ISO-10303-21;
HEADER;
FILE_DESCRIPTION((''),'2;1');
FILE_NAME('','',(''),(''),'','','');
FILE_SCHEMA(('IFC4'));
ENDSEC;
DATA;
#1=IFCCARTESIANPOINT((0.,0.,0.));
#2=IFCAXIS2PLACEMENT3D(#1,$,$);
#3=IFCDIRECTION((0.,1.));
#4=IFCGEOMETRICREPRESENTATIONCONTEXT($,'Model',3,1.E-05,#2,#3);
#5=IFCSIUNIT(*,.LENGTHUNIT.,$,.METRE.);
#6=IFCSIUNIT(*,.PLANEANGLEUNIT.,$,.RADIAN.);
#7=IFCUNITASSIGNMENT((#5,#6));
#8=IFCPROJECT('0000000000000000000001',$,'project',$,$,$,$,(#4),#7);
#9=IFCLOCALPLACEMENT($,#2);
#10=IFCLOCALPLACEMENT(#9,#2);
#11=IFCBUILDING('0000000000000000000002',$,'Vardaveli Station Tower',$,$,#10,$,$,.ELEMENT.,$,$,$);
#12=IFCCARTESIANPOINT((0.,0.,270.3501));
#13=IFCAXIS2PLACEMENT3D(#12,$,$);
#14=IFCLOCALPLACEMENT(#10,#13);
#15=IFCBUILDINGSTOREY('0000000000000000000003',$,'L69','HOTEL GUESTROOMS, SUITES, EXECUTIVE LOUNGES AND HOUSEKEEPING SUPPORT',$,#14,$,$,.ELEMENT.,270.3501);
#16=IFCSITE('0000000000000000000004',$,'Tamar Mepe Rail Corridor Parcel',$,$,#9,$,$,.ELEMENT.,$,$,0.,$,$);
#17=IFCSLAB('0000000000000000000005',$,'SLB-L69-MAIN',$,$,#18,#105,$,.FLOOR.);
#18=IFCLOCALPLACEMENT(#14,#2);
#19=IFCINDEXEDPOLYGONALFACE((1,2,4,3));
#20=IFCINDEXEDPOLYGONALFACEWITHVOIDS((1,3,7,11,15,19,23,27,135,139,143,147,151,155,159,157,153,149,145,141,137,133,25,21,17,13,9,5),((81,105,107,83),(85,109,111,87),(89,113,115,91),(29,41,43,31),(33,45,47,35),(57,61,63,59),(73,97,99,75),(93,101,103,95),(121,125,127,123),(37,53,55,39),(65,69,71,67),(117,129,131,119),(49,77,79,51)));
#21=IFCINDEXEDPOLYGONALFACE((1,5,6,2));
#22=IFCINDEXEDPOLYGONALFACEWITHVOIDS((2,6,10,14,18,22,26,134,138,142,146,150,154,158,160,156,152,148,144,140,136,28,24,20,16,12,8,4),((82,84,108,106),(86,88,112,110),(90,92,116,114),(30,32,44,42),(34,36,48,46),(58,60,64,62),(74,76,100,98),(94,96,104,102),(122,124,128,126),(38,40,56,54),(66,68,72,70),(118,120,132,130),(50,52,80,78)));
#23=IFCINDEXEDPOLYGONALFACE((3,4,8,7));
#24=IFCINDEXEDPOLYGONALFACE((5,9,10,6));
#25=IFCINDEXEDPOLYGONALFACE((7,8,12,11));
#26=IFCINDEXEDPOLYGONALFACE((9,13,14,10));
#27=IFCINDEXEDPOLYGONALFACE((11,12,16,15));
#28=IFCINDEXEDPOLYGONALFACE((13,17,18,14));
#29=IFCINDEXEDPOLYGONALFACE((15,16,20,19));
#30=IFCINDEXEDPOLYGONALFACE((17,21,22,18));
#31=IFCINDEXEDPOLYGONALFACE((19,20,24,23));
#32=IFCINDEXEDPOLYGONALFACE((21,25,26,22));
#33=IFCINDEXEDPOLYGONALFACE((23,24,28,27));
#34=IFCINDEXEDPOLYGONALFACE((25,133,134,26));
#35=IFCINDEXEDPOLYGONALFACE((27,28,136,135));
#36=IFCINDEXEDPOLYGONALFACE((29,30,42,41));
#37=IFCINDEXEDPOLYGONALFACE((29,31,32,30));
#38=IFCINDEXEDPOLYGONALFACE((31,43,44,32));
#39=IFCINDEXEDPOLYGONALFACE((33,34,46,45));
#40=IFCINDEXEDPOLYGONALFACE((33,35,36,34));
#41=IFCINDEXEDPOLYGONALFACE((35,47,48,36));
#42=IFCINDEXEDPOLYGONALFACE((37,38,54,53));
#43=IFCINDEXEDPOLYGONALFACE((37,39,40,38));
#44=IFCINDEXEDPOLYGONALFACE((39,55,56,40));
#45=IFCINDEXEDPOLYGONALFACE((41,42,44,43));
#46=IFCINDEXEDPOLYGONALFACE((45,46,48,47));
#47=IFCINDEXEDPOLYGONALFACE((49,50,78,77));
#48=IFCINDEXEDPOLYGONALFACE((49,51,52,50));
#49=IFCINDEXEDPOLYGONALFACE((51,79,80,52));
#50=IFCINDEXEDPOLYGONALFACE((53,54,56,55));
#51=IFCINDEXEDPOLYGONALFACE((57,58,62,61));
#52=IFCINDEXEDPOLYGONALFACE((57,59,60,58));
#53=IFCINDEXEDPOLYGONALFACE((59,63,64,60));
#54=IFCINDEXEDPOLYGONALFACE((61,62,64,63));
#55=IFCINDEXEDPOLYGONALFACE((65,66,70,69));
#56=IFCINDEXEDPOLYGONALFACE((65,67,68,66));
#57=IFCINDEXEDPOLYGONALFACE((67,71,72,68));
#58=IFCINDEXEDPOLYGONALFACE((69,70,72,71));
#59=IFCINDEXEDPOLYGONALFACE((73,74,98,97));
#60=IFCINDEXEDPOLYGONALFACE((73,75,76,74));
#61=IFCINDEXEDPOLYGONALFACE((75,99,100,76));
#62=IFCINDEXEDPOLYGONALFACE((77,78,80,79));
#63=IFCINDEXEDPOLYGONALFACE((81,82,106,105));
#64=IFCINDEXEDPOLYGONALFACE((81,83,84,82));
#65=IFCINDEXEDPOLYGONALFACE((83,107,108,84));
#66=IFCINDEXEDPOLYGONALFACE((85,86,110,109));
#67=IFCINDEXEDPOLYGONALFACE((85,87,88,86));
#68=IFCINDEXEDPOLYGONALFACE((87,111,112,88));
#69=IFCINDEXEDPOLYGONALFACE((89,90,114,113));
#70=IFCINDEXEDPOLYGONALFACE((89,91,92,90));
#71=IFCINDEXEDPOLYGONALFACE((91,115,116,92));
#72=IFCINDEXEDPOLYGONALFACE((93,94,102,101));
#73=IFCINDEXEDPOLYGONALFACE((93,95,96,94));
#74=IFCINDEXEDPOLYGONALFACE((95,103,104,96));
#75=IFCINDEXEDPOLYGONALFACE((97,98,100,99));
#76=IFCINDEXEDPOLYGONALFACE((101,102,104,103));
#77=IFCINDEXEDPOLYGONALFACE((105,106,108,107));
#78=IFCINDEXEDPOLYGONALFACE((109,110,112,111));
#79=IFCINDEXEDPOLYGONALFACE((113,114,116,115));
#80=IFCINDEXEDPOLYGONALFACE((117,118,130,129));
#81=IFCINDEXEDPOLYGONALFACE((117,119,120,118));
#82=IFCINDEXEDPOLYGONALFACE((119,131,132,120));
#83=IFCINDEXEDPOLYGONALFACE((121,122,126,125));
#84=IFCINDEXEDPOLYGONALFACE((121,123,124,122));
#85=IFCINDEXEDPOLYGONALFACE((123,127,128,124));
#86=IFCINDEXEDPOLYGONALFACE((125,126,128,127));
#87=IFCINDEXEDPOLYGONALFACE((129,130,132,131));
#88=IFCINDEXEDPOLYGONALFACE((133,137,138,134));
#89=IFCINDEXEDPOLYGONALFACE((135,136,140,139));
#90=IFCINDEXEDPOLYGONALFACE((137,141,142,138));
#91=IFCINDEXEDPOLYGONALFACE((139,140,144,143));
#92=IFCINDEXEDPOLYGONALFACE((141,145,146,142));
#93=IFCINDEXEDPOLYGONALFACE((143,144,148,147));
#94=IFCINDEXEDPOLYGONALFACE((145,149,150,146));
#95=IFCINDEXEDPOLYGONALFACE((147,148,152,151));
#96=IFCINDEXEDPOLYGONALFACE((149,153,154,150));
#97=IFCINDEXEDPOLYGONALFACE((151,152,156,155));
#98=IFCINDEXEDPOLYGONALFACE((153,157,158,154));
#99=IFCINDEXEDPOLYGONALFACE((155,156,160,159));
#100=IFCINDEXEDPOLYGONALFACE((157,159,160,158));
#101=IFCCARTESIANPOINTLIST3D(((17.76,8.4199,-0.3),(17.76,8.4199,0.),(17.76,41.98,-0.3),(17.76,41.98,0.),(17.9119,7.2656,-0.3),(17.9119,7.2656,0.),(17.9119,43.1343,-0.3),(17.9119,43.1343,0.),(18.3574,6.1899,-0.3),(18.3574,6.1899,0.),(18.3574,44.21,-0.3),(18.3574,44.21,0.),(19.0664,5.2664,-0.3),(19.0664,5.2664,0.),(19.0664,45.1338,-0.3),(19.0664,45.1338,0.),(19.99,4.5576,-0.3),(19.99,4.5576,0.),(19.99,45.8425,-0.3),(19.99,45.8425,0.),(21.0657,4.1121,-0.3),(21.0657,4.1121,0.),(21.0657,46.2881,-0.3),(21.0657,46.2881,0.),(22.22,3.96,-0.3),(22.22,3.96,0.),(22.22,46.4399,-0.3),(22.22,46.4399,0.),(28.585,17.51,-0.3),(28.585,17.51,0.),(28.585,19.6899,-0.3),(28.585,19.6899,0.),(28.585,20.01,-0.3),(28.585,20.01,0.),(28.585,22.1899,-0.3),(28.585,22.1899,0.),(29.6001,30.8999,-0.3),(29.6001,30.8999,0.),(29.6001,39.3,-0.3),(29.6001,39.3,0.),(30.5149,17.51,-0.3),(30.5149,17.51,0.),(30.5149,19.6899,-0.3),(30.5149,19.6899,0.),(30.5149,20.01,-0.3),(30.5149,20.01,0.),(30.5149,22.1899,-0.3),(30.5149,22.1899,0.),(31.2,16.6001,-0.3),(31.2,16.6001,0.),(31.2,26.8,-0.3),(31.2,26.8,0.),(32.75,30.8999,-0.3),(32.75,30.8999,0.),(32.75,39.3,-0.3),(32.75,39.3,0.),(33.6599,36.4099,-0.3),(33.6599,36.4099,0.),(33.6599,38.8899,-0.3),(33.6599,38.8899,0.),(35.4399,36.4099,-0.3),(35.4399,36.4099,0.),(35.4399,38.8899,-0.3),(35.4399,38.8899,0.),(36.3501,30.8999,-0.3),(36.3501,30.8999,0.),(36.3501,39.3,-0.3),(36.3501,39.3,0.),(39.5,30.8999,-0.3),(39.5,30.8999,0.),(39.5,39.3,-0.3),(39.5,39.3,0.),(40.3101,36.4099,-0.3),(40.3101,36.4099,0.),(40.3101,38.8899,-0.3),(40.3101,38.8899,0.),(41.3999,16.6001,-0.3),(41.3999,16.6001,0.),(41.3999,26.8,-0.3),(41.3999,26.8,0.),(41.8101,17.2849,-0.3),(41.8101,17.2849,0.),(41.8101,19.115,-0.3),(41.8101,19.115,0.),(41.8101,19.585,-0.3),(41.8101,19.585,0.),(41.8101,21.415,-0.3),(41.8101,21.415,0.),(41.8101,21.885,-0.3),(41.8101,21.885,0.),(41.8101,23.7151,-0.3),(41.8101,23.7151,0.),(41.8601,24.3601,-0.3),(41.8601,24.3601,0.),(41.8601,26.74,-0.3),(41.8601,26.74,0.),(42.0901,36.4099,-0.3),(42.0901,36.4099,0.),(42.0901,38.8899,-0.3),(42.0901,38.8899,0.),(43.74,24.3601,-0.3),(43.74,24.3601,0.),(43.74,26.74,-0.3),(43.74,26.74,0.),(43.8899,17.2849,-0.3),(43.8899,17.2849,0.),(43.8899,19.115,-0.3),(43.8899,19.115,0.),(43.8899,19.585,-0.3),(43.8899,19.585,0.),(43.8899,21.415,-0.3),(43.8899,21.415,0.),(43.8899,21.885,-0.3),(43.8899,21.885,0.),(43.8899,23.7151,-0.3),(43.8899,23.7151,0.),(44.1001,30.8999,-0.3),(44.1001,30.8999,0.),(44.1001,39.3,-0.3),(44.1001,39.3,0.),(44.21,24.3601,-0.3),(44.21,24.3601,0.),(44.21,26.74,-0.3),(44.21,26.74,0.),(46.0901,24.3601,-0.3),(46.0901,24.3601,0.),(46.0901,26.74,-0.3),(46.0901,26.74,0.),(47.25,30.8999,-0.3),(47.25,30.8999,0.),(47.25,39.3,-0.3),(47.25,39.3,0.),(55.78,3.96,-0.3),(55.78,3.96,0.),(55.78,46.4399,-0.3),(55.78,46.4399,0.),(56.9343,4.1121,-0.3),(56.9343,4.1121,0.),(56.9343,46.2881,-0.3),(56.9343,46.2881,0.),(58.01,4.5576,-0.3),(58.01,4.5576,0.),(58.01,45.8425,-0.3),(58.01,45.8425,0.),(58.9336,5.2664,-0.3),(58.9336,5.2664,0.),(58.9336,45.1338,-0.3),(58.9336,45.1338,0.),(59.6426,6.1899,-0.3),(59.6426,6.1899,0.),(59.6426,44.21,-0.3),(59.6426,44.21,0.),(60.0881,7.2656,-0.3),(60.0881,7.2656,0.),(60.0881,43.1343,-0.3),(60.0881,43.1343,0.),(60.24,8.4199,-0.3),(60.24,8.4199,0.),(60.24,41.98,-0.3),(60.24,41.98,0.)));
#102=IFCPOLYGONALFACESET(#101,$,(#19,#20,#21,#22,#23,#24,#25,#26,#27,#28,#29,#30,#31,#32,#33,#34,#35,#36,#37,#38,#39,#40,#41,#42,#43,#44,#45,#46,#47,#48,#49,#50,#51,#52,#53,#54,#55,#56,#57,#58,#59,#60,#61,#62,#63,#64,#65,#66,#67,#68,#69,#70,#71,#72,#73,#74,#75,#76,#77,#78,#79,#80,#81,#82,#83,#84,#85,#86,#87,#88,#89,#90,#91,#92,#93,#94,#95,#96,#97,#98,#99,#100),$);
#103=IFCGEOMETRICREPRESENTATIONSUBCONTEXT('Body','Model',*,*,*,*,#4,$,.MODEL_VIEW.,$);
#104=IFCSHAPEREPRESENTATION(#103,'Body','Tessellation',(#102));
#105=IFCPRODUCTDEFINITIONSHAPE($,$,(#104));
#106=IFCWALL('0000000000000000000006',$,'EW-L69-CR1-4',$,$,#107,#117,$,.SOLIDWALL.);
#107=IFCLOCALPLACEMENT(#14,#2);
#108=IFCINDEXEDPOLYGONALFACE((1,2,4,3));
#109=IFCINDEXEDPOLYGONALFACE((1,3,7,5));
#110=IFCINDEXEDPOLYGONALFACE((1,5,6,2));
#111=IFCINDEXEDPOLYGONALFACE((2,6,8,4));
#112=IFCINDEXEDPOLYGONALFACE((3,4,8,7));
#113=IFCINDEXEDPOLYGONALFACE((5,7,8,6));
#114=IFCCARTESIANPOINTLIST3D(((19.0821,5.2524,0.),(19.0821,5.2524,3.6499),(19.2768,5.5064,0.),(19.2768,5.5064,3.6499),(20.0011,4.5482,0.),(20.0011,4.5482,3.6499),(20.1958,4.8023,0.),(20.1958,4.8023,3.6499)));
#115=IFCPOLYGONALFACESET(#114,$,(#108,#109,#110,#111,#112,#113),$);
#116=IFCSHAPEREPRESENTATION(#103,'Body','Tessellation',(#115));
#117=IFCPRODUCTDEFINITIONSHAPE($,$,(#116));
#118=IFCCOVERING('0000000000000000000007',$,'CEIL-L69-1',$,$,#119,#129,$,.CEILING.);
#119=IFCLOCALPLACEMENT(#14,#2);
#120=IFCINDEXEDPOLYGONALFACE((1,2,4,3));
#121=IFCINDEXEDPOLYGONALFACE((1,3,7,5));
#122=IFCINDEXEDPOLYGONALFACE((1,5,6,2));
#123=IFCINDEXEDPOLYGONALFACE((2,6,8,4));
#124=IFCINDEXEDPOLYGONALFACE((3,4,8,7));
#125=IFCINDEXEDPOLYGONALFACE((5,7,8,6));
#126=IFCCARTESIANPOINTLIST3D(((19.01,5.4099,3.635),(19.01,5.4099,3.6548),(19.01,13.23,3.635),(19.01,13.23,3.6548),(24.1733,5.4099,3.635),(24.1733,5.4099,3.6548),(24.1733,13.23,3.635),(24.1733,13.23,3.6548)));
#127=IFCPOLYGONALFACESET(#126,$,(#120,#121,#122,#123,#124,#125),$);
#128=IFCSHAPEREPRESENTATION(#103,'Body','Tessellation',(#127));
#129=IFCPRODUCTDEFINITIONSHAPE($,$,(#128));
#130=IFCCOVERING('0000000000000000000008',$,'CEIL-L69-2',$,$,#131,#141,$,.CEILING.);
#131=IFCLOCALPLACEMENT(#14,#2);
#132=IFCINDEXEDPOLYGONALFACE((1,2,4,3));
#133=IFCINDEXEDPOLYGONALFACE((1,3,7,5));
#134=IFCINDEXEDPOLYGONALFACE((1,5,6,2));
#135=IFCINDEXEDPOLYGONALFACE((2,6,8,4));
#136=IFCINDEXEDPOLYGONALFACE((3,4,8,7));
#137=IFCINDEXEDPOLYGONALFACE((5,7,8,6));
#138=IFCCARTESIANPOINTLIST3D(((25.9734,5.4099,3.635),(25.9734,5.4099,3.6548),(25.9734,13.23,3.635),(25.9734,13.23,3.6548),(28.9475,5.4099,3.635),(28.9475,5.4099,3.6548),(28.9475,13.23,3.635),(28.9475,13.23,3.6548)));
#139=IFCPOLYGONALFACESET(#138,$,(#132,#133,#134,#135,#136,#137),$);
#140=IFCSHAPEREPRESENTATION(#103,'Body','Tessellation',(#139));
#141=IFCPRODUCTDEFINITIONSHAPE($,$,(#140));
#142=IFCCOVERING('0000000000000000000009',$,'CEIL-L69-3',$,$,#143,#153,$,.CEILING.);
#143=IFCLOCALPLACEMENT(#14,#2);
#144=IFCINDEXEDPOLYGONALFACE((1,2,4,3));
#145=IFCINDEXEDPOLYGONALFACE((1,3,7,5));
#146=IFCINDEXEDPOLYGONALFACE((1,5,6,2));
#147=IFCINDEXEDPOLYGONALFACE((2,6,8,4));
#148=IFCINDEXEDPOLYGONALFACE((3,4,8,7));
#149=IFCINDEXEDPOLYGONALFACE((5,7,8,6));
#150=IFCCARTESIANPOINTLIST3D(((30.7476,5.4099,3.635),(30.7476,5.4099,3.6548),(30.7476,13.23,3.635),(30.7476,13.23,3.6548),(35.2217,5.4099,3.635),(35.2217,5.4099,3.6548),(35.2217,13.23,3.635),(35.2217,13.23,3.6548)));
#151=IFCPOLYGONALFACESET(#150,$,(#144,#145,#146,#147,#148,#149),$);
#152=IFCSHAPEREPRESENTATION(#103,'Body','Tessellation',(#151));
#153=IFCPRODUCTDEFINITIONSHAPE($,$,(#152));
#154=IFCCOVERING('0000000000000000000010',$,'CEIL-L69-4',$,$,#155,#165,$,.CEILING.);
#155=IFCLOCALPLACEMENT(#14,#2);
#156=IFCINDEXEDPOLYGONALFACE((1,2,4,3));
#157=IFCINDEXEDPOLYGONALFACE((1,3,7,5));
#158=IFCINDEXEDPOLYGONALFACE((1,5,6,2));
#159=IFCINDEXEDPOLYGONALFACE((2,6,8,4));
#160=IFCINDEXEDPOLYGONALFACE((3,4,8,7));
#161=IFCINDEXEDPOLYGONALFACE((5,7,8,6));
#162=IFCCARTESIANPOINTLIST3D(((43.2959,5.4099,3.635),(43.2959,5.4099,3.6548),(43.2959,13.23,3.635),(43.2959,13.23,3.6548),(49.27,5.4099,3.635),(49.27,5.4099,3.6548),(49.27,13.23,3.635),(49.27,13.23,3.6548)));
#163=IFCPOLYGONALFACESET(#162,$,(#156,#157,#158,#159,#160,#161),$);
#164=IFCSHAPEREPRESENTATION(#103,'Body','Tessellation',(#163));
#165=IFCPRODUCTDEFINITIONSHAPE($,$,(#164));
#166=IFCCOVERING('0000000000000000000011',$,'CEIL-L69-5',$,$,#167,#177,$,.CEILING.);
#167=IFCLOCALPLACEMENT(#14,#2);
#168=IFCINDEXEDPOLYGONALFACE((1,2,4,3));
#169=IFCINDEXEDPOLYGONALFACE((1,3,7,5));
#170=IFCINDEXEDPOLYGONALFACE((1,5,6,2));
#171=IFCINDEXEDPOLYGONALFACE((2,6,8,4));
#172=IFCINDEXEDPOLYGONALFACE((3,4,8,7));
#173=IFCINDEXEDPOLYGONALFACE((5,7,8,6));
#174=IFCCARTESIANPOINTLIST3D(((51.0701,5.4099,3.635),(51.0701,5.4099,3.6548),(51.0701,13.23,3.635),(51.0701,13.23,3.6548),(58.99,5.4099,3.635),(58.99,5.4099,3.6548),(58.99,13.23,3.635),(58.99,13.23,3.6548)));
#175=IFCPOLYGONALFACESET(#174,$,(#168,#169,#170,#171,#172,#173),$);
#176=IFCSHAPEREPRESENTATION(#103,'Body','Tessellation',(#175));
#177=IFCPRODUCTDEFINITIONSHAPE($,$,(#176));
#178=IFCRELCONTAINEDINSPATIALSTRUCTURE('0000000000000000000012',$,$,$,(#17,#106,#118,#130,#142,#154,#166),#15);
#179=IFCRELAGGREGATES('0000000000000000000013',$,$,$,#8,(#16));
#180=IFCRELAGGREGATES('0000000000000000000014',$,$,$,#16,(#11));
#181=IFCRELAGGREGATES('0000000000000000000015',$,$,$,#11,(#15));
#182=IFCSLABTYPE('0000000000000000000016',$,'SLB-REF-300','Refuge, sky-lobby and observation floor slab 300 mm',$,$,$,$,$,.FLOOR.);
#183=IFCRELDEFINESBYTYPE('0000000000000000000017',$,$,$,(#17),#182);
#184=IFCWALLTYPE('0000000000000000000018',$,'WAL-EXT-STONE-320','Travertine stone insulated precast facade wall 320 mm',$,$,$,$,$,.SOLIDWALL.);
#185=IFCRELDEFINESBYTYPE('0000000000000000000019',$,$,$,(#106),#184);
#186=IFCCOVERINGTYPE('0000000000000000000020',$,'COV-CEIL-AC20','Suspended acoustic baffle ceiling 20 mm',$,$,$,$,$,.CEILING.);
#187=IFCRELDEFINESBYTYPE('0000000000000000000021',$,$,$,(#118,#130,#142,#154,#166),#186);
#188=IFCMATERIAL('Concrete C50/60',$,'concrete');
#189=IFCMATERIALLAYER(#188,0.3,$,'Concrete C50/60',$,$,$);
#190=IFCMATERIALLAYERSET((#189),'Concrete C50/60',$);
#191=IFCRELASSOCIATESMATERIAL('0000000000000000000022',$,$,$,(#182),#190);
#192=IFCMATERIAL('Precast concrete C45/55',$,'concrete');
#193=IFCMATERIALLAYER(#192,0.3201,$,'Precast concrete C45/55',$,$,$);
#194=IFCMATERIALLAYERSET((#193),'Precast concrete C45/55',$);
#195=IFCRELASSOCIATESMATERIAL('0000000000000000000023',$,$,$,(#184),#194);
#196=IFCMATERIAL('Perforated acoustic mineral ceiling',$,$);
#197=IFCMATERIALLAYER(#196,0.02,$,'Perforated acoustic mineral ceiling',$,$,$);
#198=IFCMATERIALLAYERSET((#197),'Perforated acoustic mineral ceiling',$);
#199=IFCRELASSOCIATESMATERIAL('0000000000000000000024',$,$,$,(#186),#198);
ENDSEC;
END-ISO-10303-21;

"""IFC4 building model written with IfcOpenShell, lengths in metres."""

from ifc_helpers import new_model, si_unit, direction, frame, frame_2d, origin, place, context, subcontext, project, spatial, polyline, rectangle, outline, extrude, source, transform, mapped, material, layer, layer_set, type_object, element, save


model = new_model("IFC4")

# Units and contexts
model_context = context("Model", 3, precision=1e-05, world=origin(), true_north=direction((0.0, 1.0)))
body_context = subcontext(model_context, "Body", "Model", "MODEL_VIEW")
ifc_project = project(units=[si_unit("LENGTHUNIT", "METRE"), si_unit("PLANEANGLEUNIT", "RADIAN")], contexts=[model_context])

# Site, building, storey
site_placement = place(None, origin())
site = spatial("IfcSite", under=ifc_project, at=site_placement, Name="Tamar Mepe Rail Corridor Parcel", CompositionType="ELEMENT", RefElevation=0.0)
building_placement = place(site_placement, origin())
building = spatial("IfcBuilding", under=site, at=building_placement, Name="Vardaveli Station Tower", CompositionType="ELEMENT")
storey_placement = place(building_placement, frame((0.0, 0.0, 270.3501)))
storey = spatial("IfcBuildingStorey", under=building, at=storey_placement, Name="L69", Description="HOTEL GUESTROOMS, SUITES, EXECUTIVE LOUNGES AND HOUSEKEEPING SUPPORT", CompositionType="ELEMENT", Elevation=270.3501)

# Slab
ifc_material_1 = material(Name="Precast concrete C45/55", Category="concrete")
ifc_material_2 = material(Name="Concrete C50/60", Category="concrete")
ifc_layer_1 = layer(ifc_material_2, 0.3, Name="Concrete C50/60")
ifc_layer_set_1 = layer_set([ifc_layer_1], Name="Concrete C50/60")
slab_type_1 = type_object("IfcSlabType", Name="SLB-REF-300", Description="Refuge, sky-lobby and observation floor slab 300 mm", PredefinedType="FLOOR", material=ifc_layer_set_1)
slab_1_placement = place(storey_placement, frame((0.0, 0.0, -0.3)))
element("IfcSlab", 1, at=slab_1_placement, inside=storey, type_object=slab_type_1, Name="SLB-L69-MAIN", PredefinedType="FLOOR", context=body_context, shape_type="SweptSolid", body=[
    extrude(outline(polyline([(17.76, 8.4199), (17.9119, 7.2656), (18.3574, 6.1899), (19.0664, 5.2664), (19.99, 4.5576), (21.0657, 4.1121), (22.22, 3.96), (55.78, 3.96), (56.9343, 4.1121), (58.01, 4.5576), (58.9336, 5.2664), (59.6426, 6.1899), (60.0881, 7.2656), (60.24, 8.4199), (60.24, 41.98), (60.0881, 43.1343), (59.6426, 44.21), (58.9336, 45.1338), (58.01, 45.8425), (56.9343, 46.2881), (55.78, 46.4399), (22.22, 46.4399), (21.0657, 46.2881), (19.99, 45.8425), (19.0664, 45.1338), (18.3574, 44.21), (17.9119, 43.1343), (17.76, 41.98), (17.76, 8.4199)]), holes=[polyline([(31.2, 16.6001), (41.3999, 16.6001), (41.3999, 26.8), (31.2, 26.8), (31.2, 16.6001)]), polyline([(32.75, 30.8999), (32.75, 39.3), (29.6001, 39.3), (29.6001, 30.8999), (32.75, 30.8999)]), polyline([(39.5, 30.8999), (39.5, 39.3), (36.3501, 39.3), (36.3501, 30.8999), (39.5, 30.8999)]), polyline([(47.25, 30.8999), (47.25, 39.3), (44.1001, 39.3), (44.1001, 30.8999), (47.25, 30.8999)]), polyline([(33.6599, 36.4099), (35.4399, 36.4099), (35.4399, 38.8899), (33.6599, 38.8899), (33.6599, 36.4099)]), polyline([(40.3101, 36.4099), (42.0901, 36.4099), (42.0901, 38.8899), (40.3101, 38.8899), (40.3101, 36.4099)]), polyline([(41.8101, 21.885), (43.8899, 21.885), (43.8899, 23.7151), (41.8101, 23.7151), (41.8101, 21.885)]), polyline([(41.8101, 19.585), (43.8899, 19.585), (43.8899, 21.415), (41.8101, 21.415), (41.8101, 19.585)]), polyline([(41.8101, 17.2849), (43.8899, 17.2849), (43.8899, 19.115), (41.8101, 19.115), (41.8101, 17.2849)]), polyline([(28.585, 17.51), (30.5149, 17.51), (30.5149, 19.6899), (28.585, 19.6899), (28.585, 17.51)]), polyline([(28.585, 20.01), (30.5149, 20.01), (30.5149, 22.1899), (28.585, 22.1899), (28.585, 20.01)]), polyline([(41.8601, 24.3601), (43.74, 24.3601), (43.74, 26.74), (41.8601, 26.74), (41.8601, 24.3601)]), polyline([(44.21, 24.3601), (46.0901, 24.3601), (46.0901, 26.74), (44.21, 26.74), (44.21, 24.3601)])]), origin(), (0.0, 0.0, 1.0), 0.3),
])

# Wall
ifc_layer_2 = layer(ifc_material_1, 0.3201, Name="Precast concrete C45/55")
ifc_layer_set_2 = layer_set([ifc_layer_2], Name="Precast concrete C45/55")
wall_type = type_object("IfcWallType", Name="WAL-EXT-STONE-320", Description="Travertine stone insulated precast facade wall 320 mm", PredefinedType="SOLIDWALL", material=ifc_layer_set_2)
shared_shape = source(origin(), body_context, "Body", "SweptSolid", [
    extrude(rectangle(XDim=1.1577, YDim=0.3201, at=frame_2d((0.5789, 0.0))), origin(), (0.0, 0.0, 1.0), 3.6499),
])
wall_placement = place(storey_placement, frame((19.1794, 5.3794, 0.0), z_axis=(0.0, 0.0, 1.0), x_axis=(0.793783, -0.608201, 0.0)))
element("IfcWall", 2, at=wall_placement, inside=storey, type_object=wall_type, Name="EW-L69-CR1-4", PredefinedType="SOLIDWALL", context=body_context, shape_type="MappedRepresentation", body=[
    mapped(shared_shape, transform((0.0, 0.0, 0.0), scale=1.0)),
])

# Coverings
ifc_material_3 = material(Name="Perforated acoustic mineral ceiling")
ifc_layer_3 = layer(ifc_material_3, 0.02, Name="Perforated acoustic mineral ceiling")
ifc_layer_set_3 = layer_set([ifc_layer_3], Name="Perforated acoustic mineral ceiling")
covering_type_1 = type_object("IfcCoveringType", Name="COV-CEIL-AC20", Description="Suspended acoustic baffle ceiling 20 mm", PredefinedType="CEILING", material=ifc_layer_set_3)
covering_1_placement = place(storey_placement, frame((0.0, 0.0, 3.635)))
element("IfcCovering", 3, at=covering_1_placement, inside=storey, type_object=covering_type_1, Name="CEIL-L69-1", PredefinedType="CEILING", context=body_context, shape_type="SweptSolid", body=[
    extrude(outline(polyline([(19.01, 5.4099), (24.1733, 5.4099), (24.1733, 13.23), (19.01, 13.23), (19.01, 5.4099)])), origin(), (0.0, 0.0, 1.0), 0.0198),
])
covering_2_placement = place(storey_placement, frame((0.0, 0.0, 3.635)))
element("IfcCovering", 4, at=covering_2_placement, inside=storey, type_object=covering_type_1, Name="CEIL-L69-2", PredefinedType="CEILING", context=body_context, shape_type="SweptSolid", body=[
    extrude(outline(polyline([(25.9734, 5.4099), (28.9475, 5.4099), (28.9475, 13.23), (25.9734, 13.23), (25.9734, 5.4099)])), origin(), (0.0, 0.0, 1.0), 0.0198),
])
covering_3_placement = place(storey_placement, frame((0.0, 0.0, 3.635)))
element("IfcCovering", 5, at=covering_3_placement, inside=storey, type_object=covering_type_1, Name="CEIL-L69-3", PredefinedType="CEILING", context=body_context, shape_type="SweptSolid", body=[
    extrude(outline(polyline([(30.7476, 5.4099), (35.2217, 5.4099), (35.2217, 13.23), (30.7476, 13.23), (30.7476, 5.4099)])), origin(), (0.0, 0.0, 1.0), 0.0198),
])
covering_4_placement = place(storey_placement, frame((0.0, 0.0, 3.635)))
element("IfcCovering", 6, at=covering_4_placement, inside=storey, type_object=covering_type_1, Name="CEIL-L69-4", PredefinedType="CEILING", context=body_context, shape_type="SweptSolid", body=[
    extrude(outline(polyline([(43.2959, 5.4099), (49.27, 5.4099), (49.27, 13.23), (43.2959, 13.23), (43.2959, 5.4099)])), origin(), (0.0, 0.0, 1.0), 0.0198),
])
covering_5_placement = place(storey_placement, frame((0.0, 0.0, 3.635)))
element("IfcCovering", 7, at=covering_5_placement, inside=storey, type_object=covering_type_1, Name="CEIL-L69-5", PredefinedType="CEILING", context=body_context, shape_type="SweptSolid", body=[
    extrude(outline(polyline([(51.0701, 5.4099), (58.99, 5.4099), (58.99, 13.23), (51.0701, 13.23), (51.0701, 5.4099)])), origin(), (0.0, 0.0, 1.0), 0.0198),
])

save(model, "model.ifc")
